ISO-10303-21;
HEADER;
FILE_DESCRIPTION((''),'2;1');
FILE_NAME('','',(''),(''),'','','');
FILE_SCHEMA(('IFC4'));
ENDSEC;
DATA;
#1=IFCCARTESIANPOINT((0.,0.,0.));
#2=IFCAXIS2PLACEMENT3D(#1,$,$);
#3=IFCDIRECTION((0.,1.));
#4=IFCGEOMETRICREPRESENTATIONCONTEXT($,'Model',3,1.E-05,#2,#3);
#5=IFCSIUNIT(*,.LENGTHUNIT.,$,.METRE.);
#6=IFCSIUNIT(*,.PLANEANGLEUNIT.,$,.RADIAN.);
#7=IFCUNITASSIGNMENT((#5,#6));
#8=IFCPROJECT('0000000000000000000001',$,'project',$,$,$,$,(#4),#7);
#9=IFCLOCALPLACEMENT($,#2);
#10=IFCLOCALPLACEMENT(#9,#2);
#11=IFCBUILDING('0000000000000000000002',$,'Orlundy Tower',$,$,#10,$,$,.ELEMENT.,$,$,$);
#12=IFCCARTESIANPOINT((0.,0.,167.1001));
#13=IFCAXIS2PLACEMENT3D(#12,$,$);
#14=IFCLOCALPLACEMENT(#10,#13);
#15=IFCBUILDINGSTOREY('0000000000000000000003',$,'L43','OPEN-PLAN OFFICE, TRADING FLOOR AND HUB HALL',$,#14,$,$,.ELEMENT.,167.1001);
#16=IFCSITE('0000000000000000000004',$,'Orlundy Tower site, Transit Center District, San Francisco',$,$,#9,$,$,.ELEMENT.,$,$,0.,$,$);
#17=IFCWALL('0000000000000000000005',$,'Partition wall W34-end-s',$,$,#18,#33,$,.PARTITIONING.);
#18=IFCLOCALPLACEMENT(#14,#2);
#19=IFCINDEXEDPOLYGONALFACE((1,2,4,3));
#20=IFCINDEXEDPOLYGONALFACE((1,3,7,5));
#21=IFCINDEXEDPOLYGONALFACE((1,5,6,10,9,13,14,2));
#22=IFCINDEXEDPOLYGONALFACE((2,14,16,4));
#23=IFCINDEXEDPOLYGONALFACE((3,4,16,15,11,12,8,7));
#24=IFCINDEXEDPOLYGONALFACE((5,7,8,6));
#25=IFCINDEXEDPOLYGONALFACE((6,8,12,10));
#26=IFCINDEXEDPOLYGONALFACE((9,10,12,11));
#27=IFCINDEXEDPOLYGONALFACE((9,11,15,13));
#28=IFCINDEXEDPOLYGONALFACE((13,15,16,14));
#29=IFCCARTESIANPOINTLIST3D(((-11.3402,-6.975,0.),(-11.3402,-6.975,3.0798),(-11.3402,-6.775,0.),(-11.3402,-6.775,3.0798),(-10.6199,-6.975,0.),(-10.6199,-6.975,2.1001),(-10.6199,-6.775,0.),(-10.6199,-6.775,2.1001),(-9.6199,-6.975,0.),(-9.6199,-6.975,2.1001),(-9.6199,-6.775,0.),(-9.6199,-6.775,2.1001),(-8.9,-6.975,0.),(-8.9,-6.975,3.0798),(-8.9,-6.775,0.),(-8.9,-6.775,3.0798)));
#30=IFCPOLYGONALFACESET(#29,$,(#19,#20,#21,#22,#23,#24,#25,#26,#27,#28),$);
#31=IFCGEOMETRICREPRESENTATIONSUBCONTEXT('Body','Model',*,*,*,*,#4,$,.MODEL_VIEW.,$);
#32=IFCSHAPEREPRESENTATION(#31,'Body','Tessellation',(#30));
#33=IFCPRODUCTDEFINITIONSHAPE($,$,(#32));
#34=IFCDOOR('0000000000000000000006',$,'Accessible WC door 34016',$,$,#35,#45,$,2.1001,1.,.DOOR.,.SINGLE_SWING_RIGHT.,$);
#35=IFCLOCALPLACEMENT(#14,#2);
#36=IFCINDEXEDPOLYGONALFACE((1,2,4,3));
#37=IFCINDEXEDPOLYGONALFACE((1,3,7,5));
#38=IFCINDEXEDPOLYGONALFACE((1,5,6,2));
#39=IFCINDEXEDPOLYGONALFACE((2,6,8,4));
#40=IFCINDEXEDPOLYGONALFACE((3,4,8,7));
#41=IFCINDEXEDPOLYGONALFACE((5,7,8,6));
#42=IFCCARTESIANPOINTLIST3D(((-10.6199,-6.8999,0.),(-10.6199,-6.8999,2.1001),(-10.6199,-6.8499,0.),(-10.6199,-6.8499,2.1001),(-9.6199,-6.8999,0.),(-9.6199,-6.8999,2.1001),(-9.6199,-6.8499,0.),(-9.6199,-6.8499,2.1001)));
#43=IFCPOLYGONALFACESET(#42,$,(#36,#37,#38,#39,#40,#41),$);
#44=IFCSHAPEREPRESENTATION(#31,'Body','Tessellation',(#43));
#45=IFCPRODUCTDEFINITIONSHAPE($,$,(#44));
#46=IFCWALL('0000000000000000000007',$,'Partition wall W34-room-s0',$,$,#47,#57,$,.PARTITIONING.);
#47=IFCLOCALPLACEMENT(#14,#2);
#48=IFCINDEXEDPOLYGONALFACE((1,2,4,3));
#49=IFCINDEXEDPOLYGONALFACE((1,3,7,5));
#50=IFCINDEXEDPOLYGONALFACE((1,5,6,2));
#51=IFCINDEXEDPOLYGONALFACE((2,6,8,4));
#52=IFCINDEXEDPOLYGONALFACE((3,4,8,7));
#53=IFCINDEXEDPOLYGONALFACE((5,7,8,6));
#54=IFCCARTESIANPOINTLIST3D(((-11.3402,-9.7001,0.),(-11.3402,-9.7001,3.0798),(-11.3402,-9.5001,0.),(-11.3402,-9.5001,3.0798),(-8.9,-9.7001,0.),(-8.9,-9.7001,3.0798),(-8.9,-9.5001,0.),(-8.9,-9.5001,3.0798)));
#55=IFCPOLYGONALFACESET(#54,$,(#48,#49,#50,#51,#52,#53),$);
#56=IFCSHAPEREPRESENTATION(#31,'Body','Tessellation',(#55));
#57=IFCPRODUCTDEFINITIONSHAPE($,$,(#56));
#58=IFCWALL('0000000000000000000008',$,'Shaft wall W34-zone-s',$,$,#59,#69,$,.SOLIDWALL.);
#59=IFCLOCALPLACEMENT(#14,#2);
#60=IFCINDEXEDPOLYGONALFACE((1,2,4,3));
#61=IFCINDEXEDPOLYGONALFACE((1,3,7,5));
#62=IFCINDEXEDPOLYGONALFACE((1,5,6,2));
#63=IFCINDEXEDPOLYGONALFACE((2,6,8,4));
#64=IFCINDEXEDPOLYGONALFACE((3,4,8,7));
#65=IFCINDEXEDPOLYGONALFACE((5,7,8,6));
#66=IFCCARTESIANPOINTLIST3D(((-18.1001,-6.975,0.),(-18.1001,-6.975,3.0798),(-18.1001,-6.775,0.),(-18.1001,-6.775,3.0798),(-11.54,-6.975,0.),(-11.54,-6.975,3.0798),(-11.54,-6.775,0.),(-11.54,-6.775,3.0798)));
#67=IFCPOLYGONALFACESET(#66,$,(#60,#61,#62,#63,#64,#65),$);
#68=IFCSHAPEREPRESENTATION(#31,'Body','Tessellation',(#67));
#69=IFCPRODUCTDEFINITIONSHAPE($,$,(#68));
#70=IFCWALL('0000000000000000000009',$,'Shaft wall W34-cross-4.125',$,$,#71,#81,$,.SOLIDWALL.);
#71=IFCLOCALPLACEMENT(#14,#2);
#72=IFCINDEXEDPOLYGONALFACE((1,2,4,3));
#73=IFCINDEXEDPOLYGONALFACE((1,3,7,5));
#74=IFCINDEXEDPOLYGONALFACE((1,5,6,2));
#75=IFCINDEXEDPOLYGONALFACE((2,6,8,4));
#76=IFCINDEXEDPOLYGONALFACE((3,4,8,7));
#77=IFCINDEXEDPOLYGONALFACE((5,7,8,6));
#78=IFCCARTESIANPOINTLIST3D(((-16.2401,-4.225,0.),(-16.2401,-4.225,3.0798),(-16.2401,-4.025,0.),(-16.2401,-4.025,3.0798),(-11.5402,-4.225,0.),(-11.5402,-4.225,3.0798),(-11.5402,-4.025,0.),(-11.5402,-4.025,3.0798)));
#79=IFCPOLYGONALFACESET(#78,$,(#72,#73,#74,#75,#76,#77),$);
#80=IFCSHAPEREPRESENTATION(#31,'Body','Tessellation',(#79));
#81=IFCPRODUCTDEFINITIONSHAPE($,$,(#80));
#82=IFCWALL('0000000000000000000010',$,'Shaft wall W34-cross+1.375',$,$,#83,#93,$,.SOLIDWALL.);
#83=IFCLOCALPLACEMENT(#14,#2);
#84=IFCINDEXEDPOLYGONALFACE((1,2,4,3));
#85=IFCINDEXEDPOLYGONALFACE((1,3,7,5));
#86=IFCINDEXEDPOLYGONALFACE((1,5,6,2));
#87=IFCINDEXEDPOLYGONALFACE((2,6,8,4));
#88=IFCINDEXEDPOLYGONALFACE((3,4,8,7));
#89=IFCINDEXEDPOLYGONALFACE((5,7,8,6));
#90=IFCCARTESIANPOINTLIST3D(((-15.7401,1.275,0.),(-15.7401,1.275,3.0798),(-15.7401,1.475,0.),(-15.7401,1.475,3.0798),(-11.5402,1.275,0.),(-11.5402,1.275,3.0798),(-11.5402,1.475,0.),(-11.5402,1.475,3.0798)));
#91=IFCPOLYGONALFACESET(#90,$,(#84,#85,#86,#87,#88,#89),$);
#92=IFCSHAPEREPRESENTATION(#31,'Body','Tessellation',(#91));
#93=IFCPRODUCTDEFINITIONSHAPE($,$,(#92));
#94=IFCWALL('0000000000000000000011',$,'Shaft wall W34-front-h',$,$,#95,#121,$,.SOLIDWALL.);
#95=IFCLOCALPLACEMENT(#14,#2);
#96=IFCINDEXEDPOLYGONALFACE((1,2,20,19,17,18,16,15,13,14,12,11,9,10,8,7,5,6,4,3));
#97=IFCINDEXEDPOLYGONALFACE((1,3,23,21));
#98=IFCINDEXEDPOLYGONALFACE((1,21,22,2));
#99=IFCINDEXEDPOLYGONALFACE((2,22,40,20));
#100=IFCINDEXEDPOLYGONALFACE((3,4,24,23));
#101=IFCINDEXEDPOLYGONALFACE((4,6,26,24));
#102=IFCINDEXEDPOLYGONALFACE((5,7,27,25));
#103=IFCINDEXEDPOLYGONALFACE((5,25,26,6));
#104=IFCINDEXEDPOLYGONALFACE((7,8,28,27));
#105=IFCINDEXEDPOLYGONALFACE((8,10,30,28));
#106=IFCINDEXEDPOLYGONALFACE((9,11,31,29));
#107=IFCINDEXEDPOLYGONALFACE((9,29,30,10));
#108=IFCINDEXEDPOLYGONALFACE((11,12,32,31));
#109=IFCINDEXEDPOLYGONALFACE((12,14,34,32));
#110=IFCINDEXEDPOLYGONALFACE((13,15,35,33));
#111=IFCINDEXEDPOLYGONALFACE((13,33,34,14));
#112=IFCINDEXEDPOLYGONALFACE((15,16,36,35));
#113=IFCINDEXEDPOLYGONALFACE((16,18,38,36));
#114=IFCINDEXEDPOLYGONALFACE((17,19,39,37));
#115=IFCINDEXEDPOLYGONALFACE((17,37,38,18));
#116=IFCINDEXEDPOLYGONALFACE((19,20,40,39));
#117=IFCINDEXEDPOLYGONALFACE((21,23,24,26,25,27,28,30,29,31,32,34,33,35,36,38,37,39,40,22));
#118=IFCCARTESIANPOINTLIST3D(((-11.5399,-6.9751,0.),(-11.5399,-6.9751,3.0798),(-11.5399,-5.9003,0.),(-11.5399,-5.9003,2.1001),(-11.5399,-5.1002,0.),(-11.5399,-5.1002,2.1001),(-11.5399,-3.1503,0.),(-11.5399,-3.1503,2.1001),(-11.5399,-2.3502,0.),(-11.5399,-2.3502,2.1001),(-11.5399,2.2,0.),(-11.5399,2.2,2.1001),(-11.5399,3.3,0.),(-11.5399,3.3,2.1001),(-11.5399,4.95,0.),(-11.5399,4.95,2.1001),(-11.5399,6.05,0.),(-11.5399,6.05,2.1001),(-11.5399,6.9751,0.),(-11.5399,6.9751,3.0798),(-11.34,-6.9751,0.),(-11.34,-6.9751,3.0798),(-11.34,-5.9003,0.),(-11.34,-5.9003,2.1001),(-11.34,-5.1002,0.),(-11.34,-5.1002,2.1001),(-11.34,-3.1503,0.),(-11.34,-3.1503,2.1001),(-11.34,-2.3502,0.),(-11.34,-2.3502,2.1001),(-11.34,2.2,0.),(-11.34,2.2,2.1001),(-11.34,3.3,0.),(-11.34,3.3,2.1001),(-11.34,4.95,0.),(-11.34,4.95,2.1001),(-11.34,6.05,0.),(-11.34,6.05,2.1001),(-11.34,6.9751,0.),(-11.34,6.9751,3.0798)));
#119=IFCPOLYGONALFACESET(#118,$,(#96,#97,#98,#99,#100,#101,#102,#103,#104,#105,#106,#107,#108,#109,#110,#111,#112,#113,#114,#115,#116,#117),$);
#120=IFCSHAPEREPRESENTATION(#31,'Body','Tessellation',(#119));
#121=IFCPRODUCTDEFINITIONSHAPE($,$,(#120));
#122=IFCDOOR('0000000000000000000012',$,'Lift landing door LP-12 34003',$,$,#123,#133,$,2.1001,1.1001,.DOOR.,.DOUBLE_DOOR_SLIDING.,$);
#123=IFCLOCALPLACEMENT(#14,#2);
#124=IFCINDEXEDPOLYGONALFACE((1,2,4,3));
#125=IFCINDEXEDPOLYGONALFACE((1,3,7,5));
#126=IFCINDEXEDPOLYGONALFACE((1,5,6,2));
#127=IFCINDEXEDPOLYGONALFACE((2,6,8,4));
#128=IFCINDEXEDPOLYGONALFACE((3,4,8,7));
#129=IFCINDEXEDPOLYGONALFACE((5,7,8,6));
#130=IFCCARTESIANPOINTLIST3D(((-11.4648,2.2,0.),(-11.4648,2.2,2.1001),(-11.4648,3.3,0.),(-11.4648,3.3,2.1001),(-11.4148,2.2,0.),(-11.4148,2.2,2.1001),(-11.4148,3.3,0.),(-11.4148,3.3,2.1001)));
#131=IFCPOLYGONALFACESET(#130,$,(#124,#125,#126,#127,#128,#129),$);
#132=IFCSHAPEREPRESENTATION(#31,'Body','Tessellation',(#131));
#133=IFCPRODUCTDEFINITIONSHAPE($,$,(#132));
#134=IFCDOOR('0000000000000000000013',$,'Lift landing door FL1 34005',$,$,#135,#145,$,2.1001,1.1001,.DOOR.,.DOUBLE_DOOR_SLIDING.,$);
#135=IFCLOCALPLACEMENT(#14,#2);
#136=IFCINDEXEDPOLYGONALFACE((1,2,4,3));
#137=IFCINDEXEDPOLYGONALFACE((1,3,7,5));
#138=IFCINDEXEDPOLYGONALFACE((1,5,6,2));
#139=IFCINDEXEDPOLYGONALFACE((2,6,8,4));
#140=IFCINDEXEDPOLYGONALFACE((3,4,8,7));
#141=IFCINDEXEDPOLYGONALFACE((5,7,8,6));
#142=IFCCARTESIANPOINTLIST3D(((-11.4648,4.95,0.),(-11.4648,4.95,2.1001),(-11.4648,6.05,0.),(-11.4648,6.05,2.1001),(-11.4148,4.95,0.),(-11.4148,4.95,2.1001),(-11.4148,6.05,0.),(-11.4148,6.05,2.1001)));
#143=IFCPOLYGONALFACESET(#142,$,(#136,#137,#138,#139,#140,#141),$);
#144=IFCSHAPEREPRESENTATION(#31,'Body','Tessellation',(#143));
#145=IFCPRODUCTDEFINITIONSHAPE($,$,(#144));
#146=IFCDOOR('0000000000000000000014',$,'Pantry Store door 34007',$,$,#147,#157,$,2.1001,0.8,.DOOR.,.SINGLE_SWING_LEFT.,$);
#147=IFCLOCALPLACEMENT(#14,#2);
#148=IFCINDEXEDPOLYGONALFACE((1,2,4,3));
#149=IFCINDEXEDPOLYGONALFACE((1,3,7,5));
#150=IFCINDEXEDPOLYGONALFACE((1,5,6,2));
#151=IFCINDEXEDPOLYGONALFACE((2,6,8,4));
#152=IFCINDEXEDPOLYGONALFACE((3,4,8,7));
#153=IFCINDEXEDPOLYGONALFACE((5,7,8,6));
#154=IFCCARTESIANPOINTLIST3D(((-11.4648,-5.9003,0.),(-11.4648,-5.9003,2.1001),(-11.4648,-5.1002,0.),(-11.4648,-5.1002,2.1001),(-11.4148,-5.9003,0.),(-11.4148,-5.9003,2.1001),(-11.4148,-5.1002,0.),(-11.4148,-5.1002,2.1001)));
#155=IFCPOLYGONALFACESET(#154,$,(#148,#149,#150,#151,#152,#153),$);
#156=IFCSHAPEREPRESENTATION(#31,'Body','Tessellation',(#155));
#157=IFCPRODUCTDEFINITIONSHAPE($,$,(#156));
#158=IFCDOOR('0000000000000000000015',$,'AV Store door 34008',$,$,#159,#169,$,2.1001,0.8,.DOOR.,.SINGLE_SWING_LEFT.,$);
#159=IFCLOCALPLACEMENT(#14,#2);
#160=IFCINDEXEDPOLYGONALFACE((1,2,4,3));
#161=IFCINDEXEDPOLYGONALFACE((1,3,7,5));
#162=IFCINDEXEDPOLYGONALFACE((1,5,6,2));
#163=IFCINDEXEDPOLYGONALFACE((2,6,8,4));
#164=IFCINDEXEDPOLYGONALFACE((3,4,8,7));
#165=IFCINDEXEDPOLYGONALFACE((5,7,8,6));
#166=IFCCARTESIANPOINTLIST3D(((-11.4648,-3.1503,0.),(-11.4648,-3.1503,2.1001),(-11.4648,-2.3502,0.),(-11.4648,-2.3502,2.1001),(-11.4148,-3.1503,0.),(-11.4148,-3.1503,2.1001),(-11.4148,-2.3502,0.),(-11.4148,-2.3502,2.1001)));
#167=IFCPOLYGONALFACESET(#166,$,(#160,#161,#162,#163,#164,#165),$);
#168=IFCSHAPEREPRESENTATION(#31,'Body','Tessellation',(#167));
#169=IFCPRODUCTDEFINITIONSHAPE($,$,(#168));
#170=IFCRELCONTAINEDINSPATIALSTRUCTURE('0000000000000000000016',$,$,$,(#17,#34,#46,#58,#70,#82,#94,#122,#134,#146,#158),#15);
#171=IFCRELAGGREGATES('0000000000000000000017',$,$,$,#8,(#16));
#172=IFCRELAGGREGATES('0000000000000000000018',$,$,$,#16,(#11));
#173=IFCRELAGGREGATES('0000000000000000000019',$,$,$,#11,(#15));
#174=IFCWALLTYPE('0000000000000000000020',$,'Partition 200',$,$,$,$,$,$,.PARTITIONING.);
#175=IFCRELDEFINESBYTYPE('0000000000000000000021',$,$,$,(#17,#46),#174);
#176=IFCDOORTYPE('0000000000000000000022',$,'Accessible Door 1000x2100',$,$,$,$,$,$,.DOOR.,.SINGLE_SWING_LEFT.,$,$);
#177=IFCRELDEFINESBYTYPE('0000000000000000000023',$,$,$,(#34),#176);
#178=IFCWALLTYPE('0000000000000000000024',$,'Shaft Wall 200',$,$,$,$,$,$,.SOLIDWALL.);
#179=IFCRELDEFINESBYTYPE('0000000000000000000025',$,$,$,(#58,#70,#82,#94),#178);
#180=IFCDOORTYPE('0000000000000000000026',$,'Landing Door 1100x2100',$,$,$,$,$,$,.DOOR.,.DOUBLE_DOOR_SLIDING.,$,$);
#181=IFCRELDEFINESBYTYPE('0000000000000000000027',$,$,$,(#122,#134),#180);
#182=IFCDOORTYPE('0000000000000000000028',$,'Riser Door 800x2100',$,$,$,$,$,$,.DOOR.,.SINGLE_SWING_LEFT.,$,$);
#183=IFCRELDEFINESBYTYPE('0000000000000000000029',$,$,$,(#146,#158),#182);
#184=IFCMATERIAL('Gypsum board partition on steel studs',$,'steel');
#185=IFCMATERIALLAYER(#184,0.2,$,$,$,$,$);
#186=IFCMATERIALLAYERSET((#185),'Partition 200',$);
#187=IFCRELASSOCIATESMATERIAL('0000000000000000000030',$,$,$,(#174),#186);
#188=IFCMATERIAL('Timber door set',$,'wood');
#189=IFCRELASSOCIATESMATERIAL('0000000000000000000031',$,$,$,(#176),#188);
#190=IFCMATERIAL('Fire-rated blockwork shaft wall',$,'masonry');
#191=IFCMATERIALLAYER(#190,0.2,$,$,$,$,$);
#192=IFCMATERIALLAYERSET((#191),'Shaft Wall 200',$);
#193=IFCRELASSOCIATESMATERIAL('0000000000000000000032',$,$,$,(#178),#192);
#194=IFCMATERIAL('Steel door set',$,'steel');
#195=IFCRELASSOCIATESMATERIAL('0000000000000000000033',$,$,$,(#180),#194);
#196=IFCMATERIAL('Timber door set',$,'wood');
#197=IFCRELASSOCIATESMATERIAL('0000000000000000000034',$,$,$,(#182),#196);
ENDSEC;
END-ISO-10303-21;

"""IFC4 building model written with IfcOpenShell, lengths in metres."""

from ifc_helpers import new_model, si_unit, direction, frame, frame_2d, origin, place, context, subcontext, project, spatial, rectangle, extrude, material, layer, layer_set, type_object, element, fill, save


model = new_model("IFC4")

# Units and contexts
model_context = context("Model", 3, precision=1e-05, world=origin(), true_north=direction((0.0, 1.0)))
body_context = subcontext(model_context, "Body", "Model", "MODEL_VIEW")
ifc_project = project(units=[si_unit("LENGTHUNIT", "METRE"), si_unit("PLANEANGLEUNIT", "RADIAN")], contexts=[model_context])

# Site, building, storey
site_placement = place(None, origin())
site = spatial("IfcSite", under=ifc_project, at=site_placement, Name="Orlundy Tower site, Transit Center District, San Francisco", CompositionType="ELEMENT", RefElevation=0.0)
building_placement = place(site_placement, origin())
building = spatial("IfcBuilding", under=site, at=building_placement, Name="Orlundy Tower", CompositionType="ELEMENT")
storey_placement = place(building_placement, frame((0.0, 0.0, 167.1001)))
storey = spatial("IfcBuildingStorey", under=building, at=storey_placement, Name="L43", Description="OPEN-PLAN OFFICE, TRADING FLOOR AND HUB HALL", CompositionType="ELEMENT", Elevation=167.1001)

# Wall, opening, door
ifc_material_1 = material(Name="Gypsum board partition on steel studs", Category="steel")
ifc_layer_1 = layer(ifc_material_1, 0.2)
ifc_layer_set_1 = layer_set([ifc_layer_1], Name="Partition 200")
wall_type_1 = type_object("IfcWallType", Name="Partition 200", PredefinedType="PARTITIONING", material=ifc_layer_set_1)
wall_1_placement = place(storey_placement, frame((-8.8999, -6.875, 0.0), z_axis=(0.0, 0.0, 1.0), x_axis=(-1.0, 0.0, 0.0)))
wall_1 = element("IfcWall", 1, at=wall_1_placement, inside=storey, type_object=wall_type_1, Name="Partition wall W34-end-s", PredefinedType="PARTITIONING", context=body_context, shape_type="SweptSolid", body=[
    extrude(rectangle(XDim=2.4402, YDim=0.2, at=frame_2d((1.2202, 0.0))), origin(), (0.0, 0.0, 1.0), 3.0798),
])
opening_1_placement = place(wall_1_placement, frame((0.72, 0.0, 0.0)))
opening_1 = element("IfcOpeningElement", 2, at=opening_1_placement, cuts=wall_1, PredefinedType="OPENING", context=body_context, shape_type="SweptSolid", body=[
    extrude(rectangle(XDim=1.0, YDim=2.1001, at=frame_2d((0.5, 1.05))), frame((0.0, 0.1101, 0.0), z_axis=(0.0, -1.0, 0.0), x_axis=(1.0, 0.0, 0.0)), (0.0, 0.0, 1.0), 0.2202),
])
ifc_material_2 = material(Name="Timber door set", Category="wood")
door_type_1 = type_object("IfcDoorType", Name="Accessible Door 1000x2100", OperationType="SINGLE_SWING_LEFT", PredefinedType="DOOR", material=ifc_material_2)
door_1_placement = place(opening_1_placement, origin())
door_1 = element("IfcDoor", 3, at=door_1_placement, inside=storey, type_object=door_type_1, Name="Accessible WC door 34016", OperationType="SINGLE_SWING_RIGHT", OverallHeight=2.1001, OverallWidth=1.0, PredefinedType="DOOR", context=body_context, shape_type="SweptSolid", body=[
    extrude(rectangle(XDim=1.0, YDim=2.1001, at=frame_2d((0.5, 1.05))), frame((0.0, 0.0249, 0.0), z_axis=(0.0, -1.0, 0.0), x_axis=(1.0, 0.0, 0.0)), (0.0, 0.0, 1.0), 0.05),
])
fill(opening_1, door_1)

# Walls
wall_2_placement = place(storey_placement, frame((-8.8999, -9.6001, 0.0), z_axis=(0.0, 0.0, 1.0), x_axis=(-1.0, 0.0, 0.0)))
element("IfcWall", 4, at=wall_2_placement, inside=storey, type_object=wall_type_1, Name="Partition wall W34-room-s0", PredefinedType="PARTITIONING", context=body_context, shape_type="SweptSolid", body=[
    extrude(rectangle(XDim=2.4402, YDim=0.2, at=frame_2d((1.2202, 0.0))), origin(), (0.0, 0.0, 1.0), 3.0798),
])
ifc_material_3 = material(Name="Fire-rated blockwork shaft wall", Category="masonry")
ifc_layer_2 = layer(ifc_material_3, 0.2)
ifc_layer_set_2 = layer_set([ifc_layer_2], Name="Shaft Wall 200")
wall_type_2 = type_object("IfcWallType", Name="Shaft Wall 200", PredefinedType="SOLIDWALL", material=ifc_layer_set_2)
wall_3_placement = place(storey_placement, frame((-11.54, -6.875, 0.0), z_axis=(0.0, 0.0, 1.0), x_axis=(-1.0, 0.0, 0.0)))
element("IfcWall", 5, at=wall_3_placement, inside=storey, type_object=wall_type_2, Name="Shaft wall W34-zone-s", PredefinedType="SOLIDWALL", context=body_context, shape_type="SweptSolid", body=[
    extrude(rectangle(XDim=6.5601, YDim=0.2, at=frame_2d((3.28, 0.0))), origin(), (0.0, 0.0, 1.0), 3.0798),
])
wall_4_placement = place(storey_placement, frame((-11.54, -4.125, 0.0), z_axis=(0.0, 0.0, 1.0), x_axis=(-1.0, 0.0, 0.0)))
element("IfcWall", 6, at=wall_4_placement, inside=storey, type_object=wall_type_2, Name="Shaft wall W34-cross-4.125", PredefinedType="SOLIDWALL", context=body_context, shape_type="SweptSolid", body=[
    extrude(rectangle(XDim=4.7, YDim=0.2, at=frame_2d((2.3501, 0.0))), origin(), (0.0, 0.0, 1.0), 3.0798),
])
wall_5_placement = place(storey_placement, frame((-11.54, 1.375, 0.0), z_axis=(0.0, 0.0, 1.0), x_axis=(-1.0, 0.0, 0.0)))
element("IfcWall", 7, at=wall_5_placement, inside=storey, type_object=wall_type_2, Name="Shaft wall W34-cross+1.375", PredefinedType="SOLIDWALL", context=body_context, shape_type="SweptSolid", body=[
    extrude(rectangle(XDim=4.2, YDim=0.2, at=frame_2d((2.1001, 0.0))), origin(), (0.0, 0.0, 1.0), 3.0798),
])

# Wall, openings, doors
wall_6_placement = place(storey_placement, frame((-11.4399, -6.9751, 0.0), z_axis=(0.0, 0.0, 1.0), x_axis=(0.0, 1.0, 0.0)))
wall_6 = element("IfcWall", 8, at=wall_6_placement, inside=storey, type_object=wall_type_2, Name="Shaft wall W34-front-h", PredefinedType="SOLIDWALL", context=body_context, shape_type="SweptSolid", body=[
    extrude(rectangle(XDim=13.9502, YDim=0.2, at=frame_2d((6.9751, 0.0))), origin(), (0.0, 0.0, 1.0), 3.0798),
])
opening_2_placement = place(wall_6_placement, frame((9.175, 0.0, 0.0)))
opening_2 = element("IfcOpeningElement", 9, at=opening_2_placement, cuts=wall_6, PredefinedType="OPENING", context=body_context, shape_type="SweptSolid", body=[
    extrude(rectangle(XDim=1.1001, YDim=2.1001, at=frame_2d((0.55, 1.05))), frame((0.0, 0.1101, 0.0), z_axis=(0.0, -1.0, 0.0), x_axis=(1.0, 0.0, 0.0)), (0.0, 0.0, 1.0), 0.2202),
])
opening_3_placement = place(wall_6_placement, frame((11.925, 0.0, 0.0)))
opening_3 = element("IfcOpeningElement", 10, at=opening_3_placement, cuts=wall_6, PredefinedType="OPENING", context=body_context, shape_type="SweptSolid", body=[
    extrude(rectangle(XDim=1.1001, YDim=2.1001, at=frame_2d((0.55, 1.05))), frame((0.0, 0.1101, 0.0), z_axis=(0.0, -1.0, 0.0), x_axis=(1.0, 0.0, 0.0)), (0.0, 0.0, 1.0), 0.2202),
])
opening_4_placement = place(wall_6_placement, frame((1.075, 0.0, 0.0)))
opening_4 = element("IfcOpeningElement", 11, at=opening_4_placement, cuts=wall_6, PredefinedType="OPENING", context=body_context, shape_type="SweptSolid", body=[
    extrude(rectangle(XDim=0.8, YDim=2.1001, at=frame_2d((0.3999, 1.05))), frame((0.0, 0.1101, 0.0), z_axis=(0.0, -1.0, 0.0), x_axis=(1.0, 0.0, 0.0)), (0.0, 0.0, 1.0), 0.2202),
])
opening_5_placement = place(wall_6_placement, frame((3.825, 0.0, 0.0)))
opening_5 = element("IfcOpeningElement", 12, at=opening_5_placement, cuts=wall_6, PredefinedType="OPENING", context=body_context, shape_type="SweptSolid", body=[
    extrude(rectangle(XDim=0.8, YDim=2.1001, at=frame_2d((0.3999, 1.05))), frame((0.0, 0.1101, 0.0), z_axis=(0.0, -1.0, 0.0), x_axis=(1.0, 0.0, 0.0)), (0.0, 0.0, 1.0), 0.2202),
])
ifc_material_4 = material(Name="Steel door set", Category="steel")
door_type_2 = type_object("IfcDoorType", Name="Landing Door 1100x2100", OperationType="DOUBLE_DOOR_SLIDING", PredefinedType="DOOR", material=ifc_material_4)
door_2_placement = place(opening_2_placement, origin())
door_2 = element("IfcDoor", 13, at=door_2_placement, inside=storey, type_object=door_type_2, Name="Lift landing door LP-12 34003", OperationType="DOUBLE_DOOR_SLIDING", OverallHeight=2.1001, OverallWidth=1.1001, PredefinedType="DOOR", context=body_context, shape_type="SweptSolid", body=[
    extrude(rectangle(XDim=1.1001, YDim=2.1001, at=frame_2d((0.55, 1.05))), frame((0.0, 0.0249, 0.0), z_axis=(0.0, -1.0, 0.0), x_axis=(1.0, 0.0, 0.0)), (0.0, 0.0, 1.0), 0.05),
])
fill(opening_2, door_2)
door_3_placement = place(opening_3_placement, origin())
door_3 = element("IfcDoor", 14, at=door_3_placement, inside=storey, type_object=door_type_2, Name="Lift landing door FL1 34005", OperationType="DOUBLE_DOOR_SLIDING", OverallHeight=2.1001, OverallWidth=1.1001, PredefinedType="DOOR", context=body_context, shape_type="SweptSolid", body=[
    extrude(rectangle(XDim=1.1001, YDim=2.1001, at=frame_2d((0.55, 1.05))), frame((0.0, 0.0249, 0.0), z_axis=(0.0, -1.0, 0.0), x_axis=(1.0, 0.0, 0.0)), (0.0, 0.0, 1.0), 0.05),
])
fill(opening_3, door_3)
ifc_material_5 = material(Name="Timber door set", Category="wood")
door_type_3 = type_object("IfcDoorType", Name="Riser Door 800x2100", OperationType="SINGLE_SWING_LEFT", PredefinedType="DOOR", material=ifc_material_5)
door_4_placement = place(opening_4_placement, origin())
door_4 = element("IfcDoor", 15, at=door_4_placement, inside=storey, type_object=door_type_3, Name="Pantry Store door 34007", OperationType="SINGLE_SWING_LEFT", OverallHeight=2.1001, OverallWidth=0.8, PredefinedType="DOOR", context=body_context, shape_type="SweptSolid", body=[
    extrude(rectangle(XDim=0.8, YDim=2.1001, at=frame_2d((0.3999, 1.05))), frame((0.0, 0.0249, 0.0), z_axis=(0.0, -1.0, 0.0), x_axis=(1.0, 0.0, 0.0)), (0.0, 0.0, 1.0), 0.05),
])
fill(opening_4, door_4)
door_5_placement = place(opening_5_placement, origin())
door_5 = element("IfcDoor", 16, at=door_5_placement, inside=storey, type_object=door_type_3, Name="AV Store door 34008", OperationType="SINGLE_SWING_LEFT", OverallHeight=2.1001, OverallWidth=0.8, PredefinedType="DOOR", context=body_context, shape_type="SweptSolid", body=[
    extrude(rectangle(XDim=0.8, YDim=2.1001, at=frame_2d((0.3999, 1.05))), frame((0.0, 0.0249, 0.0), z_axis=(0.0, -1.0, 0.0), x_axis=(1.0, 0.0, 0.0)), (0.0, 0.0, 1.0), 0.05),
])
fill(opening_5, door_5)

save(model, "model.ifc")
